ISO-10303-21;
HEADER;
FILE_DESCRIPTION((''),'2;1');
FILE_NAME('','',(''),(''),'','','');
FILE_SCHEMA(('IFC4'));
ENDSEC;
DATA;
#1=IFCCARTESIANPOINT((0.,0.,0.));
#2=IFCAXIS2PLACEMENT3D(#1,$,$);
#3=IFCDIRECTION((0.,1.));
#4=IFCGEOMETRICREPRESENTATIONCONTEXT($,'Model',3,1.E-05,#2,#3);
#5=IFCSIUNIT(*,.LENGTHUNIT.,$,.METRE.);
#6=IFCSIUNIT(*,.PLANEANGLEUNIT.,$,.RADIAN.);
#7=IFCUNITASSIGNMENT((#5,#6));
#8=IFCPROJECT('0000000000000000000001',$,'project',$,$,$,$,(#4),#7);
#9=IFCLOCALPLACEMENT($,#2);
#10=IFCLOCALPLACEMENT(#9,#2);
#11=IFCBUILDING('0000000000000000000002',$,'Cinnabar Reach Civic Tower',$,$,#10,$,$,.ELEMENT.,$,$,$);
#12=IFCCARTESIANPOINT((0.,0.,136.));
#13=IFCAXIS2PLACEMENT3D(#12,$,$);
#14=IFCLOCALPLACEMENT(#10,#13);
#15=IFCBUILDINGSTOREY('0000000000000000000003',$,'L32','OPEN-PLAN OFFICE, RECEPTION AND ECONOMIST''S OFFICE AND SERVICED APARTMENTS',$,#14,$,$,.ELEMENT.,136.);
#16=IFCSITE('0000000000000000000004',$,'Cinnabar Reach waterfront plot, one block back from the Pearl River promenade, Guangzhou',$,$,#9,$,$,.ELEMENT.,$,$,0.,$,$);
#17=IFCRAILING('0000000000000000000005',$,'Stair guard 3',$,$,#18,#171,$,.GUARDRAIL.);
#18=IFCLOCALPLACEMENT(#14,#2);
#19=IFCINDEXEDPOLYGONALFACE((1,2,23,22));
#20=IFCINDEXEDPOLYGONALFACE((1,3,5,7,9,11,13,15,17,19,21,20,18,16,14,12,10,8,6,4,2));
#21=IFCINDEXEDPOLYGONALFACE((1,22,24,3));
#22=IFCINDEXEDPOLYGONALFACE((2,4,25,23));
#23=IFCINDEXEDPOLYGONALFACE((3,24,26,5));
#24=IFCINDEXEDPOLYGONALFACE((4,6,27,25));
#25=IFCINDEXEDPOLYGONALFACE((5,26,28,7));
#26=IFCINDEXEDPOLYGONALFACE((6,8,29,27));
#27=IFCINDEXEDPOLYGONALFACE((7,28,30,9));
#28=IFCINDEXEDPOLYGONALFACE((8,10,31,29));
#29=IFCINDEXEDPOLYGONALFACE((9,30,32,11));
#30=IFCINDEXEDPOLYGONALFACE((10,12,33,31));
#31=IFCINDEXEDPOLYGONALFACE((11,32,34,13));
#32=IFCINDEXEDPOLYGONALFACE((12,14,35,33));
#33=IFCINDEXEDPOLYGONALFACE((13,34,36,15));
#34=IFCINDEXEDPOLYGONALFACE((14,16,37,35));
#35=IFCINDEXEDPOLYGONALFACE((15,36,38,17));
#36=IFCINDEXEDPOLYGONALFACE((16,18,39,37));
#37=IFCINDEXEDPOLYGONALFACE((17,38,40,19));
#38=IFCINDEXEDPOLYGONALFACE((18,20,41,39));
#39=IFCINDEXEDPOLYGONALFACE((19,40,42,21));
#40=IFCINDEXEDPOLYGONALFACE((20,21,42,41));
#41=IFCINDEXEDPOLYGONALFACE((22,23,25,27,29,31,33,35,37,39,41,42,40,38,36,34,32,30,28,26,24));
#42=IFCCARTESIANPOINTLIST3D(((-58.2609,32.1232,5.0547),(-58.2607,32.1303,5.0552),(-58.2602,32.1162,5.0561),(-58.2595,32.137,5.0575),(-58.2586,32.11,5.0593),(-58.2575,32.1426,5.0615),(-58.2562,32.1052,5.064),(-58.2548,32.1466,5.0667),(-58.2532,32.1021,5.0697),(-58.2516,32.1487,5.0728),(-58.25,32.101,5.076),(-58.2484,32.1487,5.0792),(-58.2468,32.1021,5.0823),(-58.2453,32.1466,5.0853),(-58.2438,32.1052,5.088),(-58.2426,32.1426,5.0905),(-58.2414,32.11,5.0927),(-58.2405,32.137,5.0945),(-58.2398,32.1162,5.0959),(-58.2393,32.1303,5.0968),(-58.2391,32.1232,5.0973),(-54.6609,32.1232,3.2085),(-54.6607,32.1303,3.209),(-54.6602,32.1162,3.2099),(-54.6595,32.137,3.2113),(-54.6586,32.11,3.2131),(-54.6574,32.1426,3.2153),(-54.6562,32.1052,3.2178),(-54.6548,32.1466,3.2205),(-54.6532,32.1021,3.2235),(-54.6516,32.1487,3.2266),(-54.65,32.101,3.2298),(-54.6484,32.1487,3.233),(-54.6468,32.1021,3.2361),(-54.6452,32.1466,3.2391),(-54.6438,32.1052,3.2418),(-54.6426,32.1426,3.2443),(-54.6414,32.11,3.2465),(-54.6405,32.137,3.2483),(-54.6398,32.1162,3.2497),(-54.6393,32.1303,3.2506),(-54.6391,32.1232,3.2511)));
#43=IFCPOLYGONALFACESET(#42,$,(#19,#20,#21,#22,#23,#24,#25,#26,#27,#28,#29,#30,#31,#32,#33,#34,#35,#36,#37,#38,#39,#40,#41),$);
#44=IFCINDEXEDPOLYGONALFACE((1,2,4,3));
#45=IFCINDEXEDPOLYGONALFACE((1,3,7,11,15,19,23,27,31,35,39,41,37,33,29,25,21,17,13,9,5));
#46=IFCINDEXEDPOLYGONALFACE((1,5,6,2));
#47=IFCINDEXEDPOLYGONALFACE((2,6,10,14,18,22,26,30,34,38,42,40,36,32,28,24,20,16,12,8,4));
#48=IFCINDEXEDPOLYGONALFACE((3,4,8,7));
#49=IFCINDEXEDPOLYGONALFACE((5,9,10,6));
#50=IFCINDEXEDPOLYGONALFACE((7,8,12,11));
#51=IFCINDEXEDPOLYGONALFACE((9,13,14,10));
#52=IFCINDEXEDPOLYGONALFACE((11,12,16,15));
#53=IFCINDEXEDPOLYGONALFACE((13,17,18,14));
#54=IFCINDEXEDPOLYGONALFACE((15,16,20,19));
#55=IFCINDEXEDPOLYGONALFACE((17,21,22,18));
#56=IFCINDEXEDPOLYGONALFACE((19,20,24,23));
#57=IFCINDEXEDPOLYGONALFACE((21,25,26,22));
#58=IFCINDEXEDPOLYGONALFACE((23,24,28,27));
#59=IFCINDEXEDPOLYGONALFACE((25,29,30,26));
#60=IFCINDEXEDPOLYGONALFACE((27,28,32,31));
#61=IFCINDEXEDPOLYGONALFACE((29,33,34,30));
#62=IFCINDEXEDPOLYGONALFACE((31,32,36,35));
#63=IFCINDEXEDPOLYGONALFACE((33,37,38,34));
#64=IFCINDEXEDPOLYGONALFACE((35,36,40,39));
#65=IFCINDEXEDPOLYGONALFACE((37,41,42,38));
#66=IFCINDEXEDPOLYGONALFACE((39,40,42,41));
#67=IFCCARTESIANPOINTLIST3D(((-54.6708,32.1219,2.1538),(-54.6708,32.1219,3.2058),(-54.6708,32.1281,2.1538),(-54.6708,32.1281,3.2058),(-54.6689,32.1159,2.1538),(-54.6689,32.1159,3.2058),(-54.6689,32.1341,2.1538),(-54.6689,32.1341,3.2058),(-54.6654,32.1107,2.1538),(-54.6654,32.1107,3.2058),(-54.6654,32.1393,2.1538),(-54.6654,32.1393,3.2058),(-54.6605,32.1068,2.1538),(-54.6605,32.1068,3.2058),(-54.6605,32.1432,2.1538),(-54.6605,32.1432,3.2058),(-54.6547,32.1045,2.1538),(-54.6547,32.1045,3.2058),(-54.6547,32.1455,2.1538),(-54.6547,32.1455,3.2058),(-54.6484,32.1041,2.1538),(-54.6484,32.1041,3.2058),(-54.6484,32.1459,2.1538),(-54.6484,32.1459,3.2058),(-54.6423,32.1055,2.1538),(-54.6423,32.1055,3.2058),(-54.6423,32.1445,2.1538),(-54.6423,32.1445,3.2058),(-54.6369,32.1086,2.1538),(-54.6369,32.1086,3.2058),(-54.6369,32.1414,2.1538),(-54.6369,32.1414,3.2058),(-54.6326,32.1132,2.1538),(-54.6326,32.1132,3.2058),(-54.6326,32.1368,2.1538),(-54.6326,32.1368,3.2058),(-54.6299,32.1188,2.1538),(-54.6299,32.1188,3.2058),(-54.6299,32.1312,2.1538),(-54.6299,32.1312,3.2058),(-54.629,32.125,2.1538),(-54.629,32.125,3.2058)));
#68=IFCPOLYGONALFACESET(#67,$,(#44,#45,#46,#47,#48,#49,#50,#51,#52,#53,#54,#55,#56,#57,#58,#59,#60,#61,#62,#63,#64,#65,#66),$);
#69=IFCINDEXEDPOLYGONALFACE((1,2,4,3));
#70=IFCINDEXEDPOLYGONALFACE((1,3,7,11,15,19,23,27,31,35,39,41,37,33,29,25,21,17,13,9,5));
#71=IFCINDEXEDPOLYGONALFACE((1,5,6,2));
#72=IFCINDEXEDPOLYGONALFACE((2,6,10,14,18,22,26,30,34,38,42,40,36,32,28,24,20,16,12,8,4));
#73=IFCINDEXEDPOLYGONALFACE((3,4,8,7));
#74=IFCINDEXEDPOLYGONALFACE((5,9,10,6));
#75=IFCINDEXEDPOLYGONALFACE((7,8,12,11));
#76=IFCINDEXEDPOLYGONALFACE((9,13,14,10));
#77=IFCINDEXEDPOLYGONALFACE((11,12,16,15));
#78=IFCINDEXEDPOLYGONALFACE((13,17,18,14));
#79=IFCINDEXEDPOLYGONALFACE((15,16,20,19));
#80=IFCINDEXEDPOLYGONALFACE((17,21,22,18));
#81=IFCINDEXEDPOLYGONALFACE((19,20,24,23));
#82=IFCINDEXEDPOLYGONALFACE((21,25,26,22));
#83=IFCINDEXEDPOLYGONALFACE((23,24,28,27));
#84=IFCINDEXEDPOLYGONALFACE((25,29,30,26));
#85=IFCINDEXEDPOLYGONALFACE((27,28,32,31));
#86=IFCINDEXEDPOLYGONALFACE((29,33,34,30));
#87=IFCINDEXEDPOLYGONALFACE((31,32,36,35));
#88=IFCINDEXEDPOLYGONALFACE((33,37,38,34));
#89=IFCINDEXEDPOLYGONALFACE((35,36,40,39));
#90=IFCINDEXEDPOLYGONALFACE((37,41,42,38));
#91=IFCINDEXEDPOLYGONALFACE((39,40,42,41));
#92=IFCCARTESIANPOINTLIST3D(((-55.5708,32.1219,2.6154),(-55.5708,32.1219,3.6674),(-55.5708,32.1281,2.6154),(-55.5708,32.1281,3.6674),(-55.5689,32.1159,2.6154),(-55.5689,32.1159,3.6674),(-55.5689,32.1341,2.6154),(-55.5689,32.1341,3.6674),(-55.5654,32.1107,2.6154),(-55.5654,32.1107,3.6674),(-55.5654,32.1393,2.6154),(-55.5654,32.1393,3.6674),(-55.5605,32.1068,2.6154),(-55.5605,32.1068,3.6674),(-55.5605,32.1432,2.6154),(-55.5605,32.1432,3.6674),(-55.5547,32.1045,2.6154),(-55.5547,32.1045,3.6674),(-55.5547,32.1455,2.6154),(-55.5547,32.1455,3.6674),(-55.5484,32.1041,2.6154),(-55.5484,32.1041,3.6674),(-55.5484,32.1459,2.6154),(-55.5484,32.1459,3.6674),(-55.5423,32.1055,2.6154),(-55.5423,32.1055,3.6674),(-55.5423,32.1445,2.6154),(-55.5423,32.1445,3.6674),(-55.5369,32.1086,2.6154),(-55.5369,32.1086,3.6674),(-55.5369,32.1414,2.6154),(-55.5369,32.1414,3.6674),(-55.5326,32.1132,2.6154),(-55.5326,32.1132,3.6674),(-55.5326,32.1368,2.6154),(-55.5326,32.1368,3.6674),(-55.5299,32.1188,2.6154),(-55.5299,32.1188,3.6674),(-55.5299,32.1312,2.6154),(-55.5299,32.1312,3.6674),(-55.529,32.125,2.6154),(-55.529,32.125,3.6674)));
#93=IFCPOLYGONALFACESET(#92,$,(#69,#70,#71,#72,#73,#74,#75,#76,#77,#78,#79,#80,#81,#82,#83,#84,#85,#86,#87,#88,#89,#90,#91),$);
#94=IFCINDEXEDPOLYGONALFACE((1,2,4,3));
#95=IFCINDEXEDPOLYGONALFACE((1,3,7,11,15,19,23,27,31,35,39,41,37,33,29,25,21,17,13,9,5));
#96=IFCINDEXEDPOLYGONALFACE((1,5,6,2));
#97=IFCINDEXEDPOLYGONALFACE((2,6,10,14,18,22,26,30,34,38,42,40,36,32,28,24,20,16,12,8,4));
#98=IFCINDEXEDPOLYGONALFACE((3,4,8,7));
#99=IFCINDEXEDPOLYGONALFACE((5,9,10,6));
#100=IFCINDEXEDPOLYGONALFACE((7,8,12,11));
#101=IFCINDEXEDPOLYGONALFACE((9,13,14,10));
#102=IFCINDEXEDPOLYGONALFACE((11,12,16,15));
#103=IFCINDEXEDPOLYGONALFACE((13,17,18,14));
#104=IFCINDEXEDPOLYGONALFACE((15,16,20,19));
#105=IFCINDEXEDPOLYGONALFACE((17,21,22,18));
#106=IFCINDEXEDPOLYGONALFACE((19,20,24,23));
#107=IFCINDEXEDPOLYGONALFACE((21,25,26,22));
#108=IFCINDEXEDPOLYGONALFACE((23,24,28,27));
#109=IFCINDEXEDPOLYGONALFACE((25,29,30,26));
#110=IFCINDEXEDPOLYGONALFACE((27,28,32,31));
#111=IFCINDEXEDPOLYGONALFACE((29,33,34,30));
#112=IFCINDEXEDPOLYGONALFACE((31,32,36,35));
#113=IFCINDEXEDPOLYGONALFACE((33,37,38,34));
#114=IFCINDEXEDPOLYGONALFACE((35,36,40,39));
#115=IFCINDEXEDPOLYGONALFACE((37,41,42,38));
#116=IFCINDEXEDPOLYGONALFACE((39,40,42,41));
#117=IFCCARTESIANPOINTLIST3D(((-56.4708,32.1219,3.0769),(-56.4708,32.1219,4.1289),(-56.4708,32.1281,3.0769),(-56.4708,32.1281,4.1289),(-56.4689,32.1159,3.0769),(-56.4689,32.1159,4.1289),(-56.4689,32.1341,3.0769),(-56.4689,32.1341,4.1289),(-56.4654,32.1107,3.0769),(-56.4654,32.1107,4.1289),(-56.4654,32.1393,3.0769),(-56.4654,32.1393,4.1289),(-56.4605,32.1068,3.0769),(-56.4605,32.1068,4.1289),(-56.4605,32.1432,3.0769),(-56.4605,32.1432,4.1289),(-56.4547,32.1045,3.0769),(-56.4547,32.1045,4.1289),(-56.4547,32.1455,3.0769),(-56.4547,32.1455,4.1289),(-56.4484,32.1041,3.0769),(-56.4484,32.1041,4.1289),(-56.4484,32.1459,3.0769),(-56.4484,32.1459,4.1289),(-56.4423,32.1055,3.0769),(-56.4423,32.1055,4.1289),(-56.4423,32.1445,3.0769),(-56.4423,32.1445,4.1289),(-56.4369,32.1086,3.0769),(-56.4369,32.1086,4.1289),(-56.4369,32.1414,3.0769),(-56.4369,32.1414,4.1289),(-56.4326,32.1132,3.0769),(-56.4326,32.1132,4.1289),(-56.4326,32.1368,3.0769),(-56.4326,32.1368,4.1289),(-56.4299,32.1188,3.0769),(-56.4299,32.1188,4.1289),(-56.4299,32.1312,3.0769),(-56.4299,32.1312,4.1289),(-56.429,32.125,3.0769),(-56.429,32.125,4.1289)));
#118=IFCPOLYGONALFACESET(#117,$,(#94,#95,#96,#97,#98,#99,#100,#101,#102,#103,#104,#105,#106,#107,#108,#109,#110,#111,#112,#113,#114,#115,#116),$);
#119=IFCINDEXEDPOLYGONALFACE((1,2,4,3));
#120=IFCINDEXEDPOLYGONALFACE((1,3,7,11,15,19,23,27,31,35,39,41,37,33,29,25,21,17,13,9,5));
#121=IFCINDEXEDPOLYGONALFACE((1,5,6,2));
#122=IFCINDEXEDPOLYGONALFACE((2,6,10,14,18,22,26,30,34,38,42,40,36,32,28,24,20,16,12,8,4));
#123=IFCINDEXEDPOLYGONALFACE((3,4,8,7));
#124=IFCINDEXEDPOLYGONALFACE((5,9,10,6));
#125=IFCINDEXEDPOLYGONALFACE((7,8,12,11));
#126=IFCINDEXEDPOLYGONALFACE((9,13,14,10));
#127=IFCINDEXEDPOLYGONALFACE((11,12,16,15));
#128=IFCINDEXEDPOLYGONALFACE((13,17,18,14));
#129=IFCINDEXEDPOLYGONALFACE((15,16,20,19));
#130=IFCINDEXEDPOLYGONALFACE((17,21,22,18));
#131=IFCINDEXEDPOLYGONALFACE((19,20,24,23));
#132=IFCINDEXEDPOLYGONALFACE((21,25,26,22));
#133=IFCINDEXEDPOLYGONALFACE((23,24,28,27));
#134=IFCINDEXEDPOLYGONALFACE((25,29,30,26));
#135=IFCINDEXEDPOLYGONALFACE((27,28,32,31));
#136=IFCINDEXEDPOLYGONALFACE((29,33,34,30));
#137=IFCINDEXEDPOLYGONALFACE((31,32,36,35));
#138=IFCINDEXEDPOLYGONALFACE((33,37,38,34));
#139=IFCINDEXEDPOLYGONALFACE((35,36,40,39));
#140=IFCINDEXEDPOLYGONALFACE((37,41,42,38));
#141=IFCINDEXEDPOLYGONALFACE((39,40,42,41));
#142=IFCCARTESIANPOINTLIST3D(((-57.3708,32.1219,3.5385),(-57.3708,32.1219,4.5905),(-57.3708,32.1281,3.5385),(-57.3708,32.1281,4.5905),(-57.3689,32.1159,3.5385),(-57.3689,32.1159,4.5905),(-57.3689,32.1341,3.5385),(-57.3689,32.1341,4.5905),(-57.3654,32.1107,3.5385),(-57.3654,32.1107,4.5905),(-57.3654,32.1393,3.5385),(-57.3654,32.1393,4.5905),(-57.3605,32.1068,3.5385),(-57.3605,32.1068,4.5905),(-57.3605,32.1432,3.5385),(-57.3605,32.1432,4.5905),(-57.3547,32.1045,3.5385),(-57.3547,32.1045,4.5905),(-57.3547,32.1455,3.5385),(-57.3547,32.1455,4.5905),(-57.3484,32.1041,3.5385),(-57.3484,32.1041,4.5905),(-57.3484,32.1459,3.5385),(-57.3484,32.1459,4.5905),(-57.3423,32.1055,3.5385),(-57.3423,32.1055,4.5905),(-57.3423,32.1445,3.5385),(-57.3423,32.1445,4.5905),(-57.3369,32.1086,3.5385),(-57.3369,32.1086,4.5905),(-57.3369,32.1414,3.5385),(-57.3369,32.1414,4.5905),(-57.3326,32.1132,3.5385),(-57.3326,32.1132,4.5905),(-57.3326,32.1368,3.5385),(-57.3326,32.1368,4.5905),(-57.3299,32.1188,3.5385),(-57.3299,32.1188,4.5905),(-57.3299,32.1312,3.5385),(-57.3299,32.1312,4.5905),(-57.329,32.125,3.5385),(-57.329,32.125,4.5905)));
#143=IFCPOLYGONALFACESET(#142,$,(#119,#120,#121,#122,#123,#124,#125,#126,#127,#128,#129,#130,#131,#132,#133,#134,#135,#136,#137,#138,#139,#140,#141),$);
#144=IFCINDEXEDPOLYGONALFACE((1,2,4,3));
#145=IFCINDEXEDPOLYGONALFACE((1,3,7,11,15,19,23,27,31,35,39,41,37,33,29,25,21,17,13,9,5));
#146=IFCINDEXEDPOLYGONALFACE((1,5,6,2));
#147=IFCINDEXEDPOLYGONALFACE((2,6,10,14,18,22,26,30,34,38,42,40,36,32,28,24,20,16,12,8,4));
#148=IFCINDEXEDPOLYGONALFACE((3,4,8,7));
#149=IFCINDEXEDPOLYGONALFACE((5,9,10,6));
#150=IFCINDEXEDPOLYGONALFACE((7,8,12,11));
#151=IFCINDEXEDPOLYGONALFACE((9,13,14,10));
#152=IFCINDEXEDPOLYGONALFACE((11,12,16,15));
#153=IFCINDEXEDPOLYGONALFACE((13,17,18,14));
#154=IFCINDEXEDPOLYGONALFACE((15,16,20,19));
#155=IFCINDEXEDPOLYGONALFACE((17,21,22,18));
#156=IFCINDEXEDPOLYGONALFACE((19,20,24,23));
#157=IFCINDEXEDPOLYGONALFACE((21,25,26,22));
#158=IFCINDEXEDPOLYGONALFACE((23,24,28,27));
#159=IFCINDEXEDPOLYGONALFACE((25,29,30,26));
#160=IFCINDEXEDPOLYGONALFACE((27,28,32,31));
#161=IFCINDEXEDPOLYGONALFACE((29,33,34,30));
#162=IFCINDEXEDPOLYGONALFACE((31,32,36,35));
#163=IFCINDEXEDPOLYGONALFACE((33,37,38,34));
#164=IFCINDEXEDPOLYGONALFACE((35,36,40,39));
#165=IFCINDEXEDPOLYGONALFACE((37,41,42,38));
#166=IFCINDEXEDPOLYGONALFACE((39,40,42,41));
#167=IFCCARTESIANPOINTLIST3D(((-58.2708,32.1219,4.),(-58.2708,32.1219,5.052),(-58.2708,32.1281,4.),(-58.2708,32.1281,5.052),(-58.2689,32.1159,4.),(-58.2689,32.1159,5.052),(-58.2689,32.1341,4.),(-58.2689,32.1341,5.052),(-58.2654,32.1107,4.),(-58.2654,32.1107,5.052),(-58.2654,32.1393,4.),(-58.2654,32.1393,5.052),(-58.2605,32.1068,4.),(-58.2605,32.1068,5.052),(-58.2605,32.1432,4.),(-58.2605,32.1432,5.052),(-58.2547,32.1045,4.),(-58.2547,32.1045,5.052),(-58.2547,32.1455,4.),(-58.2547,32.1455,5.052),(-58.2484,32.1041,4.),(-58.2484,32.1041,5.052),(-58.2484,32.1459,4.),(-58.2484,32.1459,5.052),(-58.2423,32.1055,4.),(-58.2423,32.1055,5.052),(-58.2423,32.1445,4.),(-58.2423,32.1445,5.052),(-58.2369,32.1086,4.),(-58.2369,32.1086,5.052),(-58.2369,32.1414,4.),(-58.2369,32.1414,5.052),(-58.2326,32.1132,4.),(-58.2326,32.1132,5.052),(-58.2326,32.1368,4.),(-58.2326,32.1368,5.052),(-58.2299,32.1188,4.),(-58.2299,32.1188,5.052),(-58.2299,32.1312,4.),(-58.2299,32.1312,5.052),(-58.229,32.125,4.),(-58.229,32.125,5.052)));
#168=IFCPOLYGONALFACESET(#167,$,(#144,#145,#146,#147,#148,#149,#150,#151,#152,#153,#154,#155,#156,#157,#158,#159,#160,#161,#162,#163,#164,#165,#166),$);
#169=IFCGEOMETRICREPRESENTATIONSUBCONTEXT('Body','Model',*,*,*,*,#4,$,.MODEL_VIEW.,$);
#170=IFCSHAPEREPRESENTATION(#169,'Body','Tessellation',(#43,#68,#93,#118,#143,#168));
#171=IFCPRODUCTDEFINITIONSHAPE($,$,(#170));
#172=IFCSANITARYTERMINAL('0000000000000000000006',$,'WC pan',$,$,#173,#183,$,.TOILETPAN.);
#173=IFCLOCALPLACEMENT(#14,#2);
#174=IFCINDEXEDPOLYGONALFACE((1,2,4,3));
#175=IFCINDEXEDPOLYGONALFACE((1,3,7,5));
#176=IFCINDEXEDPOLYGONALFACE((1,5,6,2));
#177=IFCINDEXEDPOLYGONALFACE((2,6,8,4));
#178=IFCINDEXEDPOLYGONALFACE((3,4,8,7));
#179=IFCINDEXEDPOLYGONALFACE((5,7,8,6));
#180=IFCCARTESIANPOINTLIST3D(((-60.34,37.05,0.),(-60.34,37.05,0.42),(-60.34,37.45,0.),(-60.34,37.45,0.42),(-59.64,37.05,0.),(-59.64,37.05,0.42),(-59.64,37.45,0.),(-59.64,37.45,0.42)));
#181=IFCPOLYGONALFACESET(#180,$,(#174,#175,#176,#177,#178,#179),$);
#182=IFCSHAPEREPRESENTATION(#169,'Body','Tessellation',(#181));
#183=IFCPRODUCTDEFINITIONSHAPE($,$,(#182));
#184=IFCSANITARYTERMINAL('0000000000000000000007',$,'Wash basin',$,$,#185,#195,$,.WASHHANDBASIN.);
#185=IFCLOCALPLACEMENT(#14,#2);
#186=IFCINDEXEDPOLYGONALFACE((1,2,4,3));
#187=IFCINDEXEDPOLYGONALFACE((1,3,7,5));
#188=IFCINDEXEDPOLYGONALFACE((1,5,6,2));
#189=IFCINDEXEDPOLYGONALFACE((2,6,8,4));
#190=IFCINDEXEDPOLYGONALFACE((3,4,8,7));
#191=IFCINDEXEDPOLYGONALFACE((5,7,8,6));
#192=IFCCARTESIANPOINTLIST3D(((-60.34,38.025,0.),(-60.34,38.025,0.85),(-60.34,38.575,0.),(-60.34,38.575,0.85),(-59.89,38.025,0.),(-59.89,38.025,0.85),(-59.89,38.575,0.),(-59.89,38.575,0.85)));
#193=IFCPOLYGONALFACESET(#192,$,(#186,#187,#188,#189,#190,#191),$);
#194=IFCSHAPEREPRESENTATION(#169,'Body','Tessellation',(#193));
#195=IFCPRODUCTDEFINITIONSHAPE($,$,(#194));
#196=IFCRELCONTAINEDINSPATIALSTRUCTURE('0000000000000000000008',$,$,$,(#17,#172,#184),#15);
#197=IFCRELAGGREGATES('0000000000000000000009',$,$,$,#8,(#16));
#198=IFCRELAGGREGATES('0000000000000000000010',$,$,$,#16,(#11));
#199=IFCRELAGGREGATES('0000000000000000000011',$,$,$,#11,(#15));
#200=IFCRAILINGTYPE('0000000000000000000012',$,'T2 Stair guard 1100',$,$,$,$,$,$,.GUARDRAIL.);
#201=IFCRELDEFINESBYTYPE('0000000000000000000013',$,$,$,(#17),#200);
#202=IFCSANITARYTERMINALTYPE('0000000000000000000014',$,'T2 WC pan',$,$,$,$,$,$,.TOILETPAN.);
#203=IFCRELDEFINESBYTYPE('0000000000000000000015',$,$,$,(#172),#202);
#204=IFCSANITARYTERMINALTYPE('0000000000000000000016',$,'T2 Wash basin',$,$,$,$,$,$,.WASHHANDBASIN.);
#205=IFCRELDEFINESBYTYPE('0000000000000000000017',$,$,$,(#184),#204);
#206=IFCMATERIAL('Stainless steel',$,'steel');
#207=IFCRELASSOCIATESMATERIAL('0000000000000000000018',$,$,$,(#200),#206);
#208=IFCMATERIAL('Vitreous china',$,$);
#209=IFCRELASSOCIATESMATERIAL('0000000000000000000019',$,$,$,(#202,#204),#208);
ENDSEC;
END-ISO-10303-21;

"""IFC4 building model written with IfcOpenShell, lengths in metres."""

from ifc_helpers import new_model, si_unit, direction, frame, origin, origin_2d, place, context, subcontext, project, spatial, rectangle, circle, extrude, material, type_object, element, save


model = new_model("IFC4")

# Units and contexts
model_context = context("Model", 3, precision=1e-05, world=origin(), true_north=direction((0.0, 1.0)))
body_context = subcontext(model_context, "Body", "Model", "MODEL_VIEW")
ifc_project = project(units=[si_unit("LENGTHUNIT", "METRE"), si_unit("PLANEANGLEUNIT", "RADIAN")], contexts=[model_context])

# Site, building, storey
site_placement = place(None, origin())
site = spatial("IfcSite", under=ifc_project, at=site_placement, Name="Cinnabar Reach waterfront plot, one block back from the Pearl River promenade, Guangzhou", CompositionType="ELEMENT", RefElevation=0.0)
building_placement = place(site_placement, origin())
building = spatial("IfcBuilding", under=site, at=building_placement, Name="Cinnabar Reach Civic Tower", CompositionType="ELEMENT")
storey_placement = place(building_placement, frame((0.0, 0.0, 136.0)))
storey = spatial("IfcBuildingStorey", under=building, at=storey_placement, Name="L32", Description="OPEN-PLAN OFFICE, RECEPTION AND ECONOMIST'S OFFICE AND SERVICED APARTMENTS", CompositionType="ELEMENT", Elevation=136.0)

# Railing
ifc_material_1 = material(Name="Stainless steel", Category="steel")
railing_type = type_object("IfcRailingType", Name="T2 Stair guard 1100", PredefinedType="GUARDRAIL", material=ifc_material_1)
railing_1_placement = place(storey_placement, frame((-54.65, 32.125, 2.1538)))
element("IfcRailing", 1, at=railing_1_placement, inside=storey, type_object=railing_type, Name="Stair guard 3", PredefinedType="GUARDRAIL", context=body_context, shape_type="SweptSolid", body=[
    extrude(circle(Radius=0.024, at=origin_2d()), frame((0.0, 0.0, 1.076), z_axis=(-0.889813, 0.0, 0.456326), x_axis=(0.0, -1.0, 0.0)), (0.0, 0.0, 1.0), 4.0458),
    extrude(circle(Radius=0.021, at=origin_2d()), origin(), (0.0, 0.0, 1.0), 1.052),
    extrude(circle(Radius=0.021, at=origin_2d()), frame((-0.9, 0.0, 0.4616)), (0.0, 0.0, 1.0), 1.052),
    extrude(circle(Radius=0.021, at=origin_2d()), frame((-1.8, 0.0, 0.9231)), (0.0, 0.0, 1.0), 1.052),
    extrude(circle(Radius=0.021, at=origin_2d()), frame((-2.7, 0.0, 1.3847)), (0.0, 0.0, 1.0), 1.052),
    extrude(circle(Radius=0.021, at=origin_2d()), frame((-3.6, 0.0, 1.8462)), (0.0, 0.0, 1.0), 1.052),
])

# Sanitary terminals
ifc_material_2 = material(Name="Vitreous china")
sanitary_terminal_type_1 = type_object("IfcSanitaryTerminalType", Name="T2 WC pan", PredefinedType="TOILETPAN", material=ifc_material_2)
sanitary_terminal_1_placement = place(storey_placement, frame((-59.99, 37.25, 0.0), z_axis=(0.0, 0.0, 1.0), x_axis=(1.0, 0.0, 0.0)))
element("IfcSanitaryTerminal", 2, at=sanitary_terminal_1_placement, inside=storey, type_object=sanitary_terminal_type_1, Name="WC pan", PredefinedType="TOILETPAN", context=body_context, shape_type="SweptSolid", body=[
    extrude(rectangle(XDim=0.7, YDim=0.4, at=origin_2d()), origin(), (0.0, 0.0, 1.0), 0.42),
])
sanitary_terminal_type_2 = type_object("IfcSanitaryTerminalType", Name="T2 Wash basin", PredefinedType="WASHHANDBASIN", material=ifc_material_2)
sanitary_terminal_2_placement = place(storey_placement, frame((-60.115, 38.3, 0.0), z_axis=(0.0, 0.0, 1.0), x_axis=(1.0, 0.0, 0.0)))
element("IfcSanitaryTerminal", 3, at=sanitary_terminal_2_placement, inside=storey, type_object=sanitary_terminal_type_2, Name="Wash basin", PredefinedType="WASHHANDBASIN", context=body_context, shape_type="SweptSolid", body=[
    extrude(rectangle(XDim=0.45, YDim=0.55, at=origin_2d()), origin(), (0.0, 0.0, 1.0), 0.85),
])

save(model, "model.ifc")
